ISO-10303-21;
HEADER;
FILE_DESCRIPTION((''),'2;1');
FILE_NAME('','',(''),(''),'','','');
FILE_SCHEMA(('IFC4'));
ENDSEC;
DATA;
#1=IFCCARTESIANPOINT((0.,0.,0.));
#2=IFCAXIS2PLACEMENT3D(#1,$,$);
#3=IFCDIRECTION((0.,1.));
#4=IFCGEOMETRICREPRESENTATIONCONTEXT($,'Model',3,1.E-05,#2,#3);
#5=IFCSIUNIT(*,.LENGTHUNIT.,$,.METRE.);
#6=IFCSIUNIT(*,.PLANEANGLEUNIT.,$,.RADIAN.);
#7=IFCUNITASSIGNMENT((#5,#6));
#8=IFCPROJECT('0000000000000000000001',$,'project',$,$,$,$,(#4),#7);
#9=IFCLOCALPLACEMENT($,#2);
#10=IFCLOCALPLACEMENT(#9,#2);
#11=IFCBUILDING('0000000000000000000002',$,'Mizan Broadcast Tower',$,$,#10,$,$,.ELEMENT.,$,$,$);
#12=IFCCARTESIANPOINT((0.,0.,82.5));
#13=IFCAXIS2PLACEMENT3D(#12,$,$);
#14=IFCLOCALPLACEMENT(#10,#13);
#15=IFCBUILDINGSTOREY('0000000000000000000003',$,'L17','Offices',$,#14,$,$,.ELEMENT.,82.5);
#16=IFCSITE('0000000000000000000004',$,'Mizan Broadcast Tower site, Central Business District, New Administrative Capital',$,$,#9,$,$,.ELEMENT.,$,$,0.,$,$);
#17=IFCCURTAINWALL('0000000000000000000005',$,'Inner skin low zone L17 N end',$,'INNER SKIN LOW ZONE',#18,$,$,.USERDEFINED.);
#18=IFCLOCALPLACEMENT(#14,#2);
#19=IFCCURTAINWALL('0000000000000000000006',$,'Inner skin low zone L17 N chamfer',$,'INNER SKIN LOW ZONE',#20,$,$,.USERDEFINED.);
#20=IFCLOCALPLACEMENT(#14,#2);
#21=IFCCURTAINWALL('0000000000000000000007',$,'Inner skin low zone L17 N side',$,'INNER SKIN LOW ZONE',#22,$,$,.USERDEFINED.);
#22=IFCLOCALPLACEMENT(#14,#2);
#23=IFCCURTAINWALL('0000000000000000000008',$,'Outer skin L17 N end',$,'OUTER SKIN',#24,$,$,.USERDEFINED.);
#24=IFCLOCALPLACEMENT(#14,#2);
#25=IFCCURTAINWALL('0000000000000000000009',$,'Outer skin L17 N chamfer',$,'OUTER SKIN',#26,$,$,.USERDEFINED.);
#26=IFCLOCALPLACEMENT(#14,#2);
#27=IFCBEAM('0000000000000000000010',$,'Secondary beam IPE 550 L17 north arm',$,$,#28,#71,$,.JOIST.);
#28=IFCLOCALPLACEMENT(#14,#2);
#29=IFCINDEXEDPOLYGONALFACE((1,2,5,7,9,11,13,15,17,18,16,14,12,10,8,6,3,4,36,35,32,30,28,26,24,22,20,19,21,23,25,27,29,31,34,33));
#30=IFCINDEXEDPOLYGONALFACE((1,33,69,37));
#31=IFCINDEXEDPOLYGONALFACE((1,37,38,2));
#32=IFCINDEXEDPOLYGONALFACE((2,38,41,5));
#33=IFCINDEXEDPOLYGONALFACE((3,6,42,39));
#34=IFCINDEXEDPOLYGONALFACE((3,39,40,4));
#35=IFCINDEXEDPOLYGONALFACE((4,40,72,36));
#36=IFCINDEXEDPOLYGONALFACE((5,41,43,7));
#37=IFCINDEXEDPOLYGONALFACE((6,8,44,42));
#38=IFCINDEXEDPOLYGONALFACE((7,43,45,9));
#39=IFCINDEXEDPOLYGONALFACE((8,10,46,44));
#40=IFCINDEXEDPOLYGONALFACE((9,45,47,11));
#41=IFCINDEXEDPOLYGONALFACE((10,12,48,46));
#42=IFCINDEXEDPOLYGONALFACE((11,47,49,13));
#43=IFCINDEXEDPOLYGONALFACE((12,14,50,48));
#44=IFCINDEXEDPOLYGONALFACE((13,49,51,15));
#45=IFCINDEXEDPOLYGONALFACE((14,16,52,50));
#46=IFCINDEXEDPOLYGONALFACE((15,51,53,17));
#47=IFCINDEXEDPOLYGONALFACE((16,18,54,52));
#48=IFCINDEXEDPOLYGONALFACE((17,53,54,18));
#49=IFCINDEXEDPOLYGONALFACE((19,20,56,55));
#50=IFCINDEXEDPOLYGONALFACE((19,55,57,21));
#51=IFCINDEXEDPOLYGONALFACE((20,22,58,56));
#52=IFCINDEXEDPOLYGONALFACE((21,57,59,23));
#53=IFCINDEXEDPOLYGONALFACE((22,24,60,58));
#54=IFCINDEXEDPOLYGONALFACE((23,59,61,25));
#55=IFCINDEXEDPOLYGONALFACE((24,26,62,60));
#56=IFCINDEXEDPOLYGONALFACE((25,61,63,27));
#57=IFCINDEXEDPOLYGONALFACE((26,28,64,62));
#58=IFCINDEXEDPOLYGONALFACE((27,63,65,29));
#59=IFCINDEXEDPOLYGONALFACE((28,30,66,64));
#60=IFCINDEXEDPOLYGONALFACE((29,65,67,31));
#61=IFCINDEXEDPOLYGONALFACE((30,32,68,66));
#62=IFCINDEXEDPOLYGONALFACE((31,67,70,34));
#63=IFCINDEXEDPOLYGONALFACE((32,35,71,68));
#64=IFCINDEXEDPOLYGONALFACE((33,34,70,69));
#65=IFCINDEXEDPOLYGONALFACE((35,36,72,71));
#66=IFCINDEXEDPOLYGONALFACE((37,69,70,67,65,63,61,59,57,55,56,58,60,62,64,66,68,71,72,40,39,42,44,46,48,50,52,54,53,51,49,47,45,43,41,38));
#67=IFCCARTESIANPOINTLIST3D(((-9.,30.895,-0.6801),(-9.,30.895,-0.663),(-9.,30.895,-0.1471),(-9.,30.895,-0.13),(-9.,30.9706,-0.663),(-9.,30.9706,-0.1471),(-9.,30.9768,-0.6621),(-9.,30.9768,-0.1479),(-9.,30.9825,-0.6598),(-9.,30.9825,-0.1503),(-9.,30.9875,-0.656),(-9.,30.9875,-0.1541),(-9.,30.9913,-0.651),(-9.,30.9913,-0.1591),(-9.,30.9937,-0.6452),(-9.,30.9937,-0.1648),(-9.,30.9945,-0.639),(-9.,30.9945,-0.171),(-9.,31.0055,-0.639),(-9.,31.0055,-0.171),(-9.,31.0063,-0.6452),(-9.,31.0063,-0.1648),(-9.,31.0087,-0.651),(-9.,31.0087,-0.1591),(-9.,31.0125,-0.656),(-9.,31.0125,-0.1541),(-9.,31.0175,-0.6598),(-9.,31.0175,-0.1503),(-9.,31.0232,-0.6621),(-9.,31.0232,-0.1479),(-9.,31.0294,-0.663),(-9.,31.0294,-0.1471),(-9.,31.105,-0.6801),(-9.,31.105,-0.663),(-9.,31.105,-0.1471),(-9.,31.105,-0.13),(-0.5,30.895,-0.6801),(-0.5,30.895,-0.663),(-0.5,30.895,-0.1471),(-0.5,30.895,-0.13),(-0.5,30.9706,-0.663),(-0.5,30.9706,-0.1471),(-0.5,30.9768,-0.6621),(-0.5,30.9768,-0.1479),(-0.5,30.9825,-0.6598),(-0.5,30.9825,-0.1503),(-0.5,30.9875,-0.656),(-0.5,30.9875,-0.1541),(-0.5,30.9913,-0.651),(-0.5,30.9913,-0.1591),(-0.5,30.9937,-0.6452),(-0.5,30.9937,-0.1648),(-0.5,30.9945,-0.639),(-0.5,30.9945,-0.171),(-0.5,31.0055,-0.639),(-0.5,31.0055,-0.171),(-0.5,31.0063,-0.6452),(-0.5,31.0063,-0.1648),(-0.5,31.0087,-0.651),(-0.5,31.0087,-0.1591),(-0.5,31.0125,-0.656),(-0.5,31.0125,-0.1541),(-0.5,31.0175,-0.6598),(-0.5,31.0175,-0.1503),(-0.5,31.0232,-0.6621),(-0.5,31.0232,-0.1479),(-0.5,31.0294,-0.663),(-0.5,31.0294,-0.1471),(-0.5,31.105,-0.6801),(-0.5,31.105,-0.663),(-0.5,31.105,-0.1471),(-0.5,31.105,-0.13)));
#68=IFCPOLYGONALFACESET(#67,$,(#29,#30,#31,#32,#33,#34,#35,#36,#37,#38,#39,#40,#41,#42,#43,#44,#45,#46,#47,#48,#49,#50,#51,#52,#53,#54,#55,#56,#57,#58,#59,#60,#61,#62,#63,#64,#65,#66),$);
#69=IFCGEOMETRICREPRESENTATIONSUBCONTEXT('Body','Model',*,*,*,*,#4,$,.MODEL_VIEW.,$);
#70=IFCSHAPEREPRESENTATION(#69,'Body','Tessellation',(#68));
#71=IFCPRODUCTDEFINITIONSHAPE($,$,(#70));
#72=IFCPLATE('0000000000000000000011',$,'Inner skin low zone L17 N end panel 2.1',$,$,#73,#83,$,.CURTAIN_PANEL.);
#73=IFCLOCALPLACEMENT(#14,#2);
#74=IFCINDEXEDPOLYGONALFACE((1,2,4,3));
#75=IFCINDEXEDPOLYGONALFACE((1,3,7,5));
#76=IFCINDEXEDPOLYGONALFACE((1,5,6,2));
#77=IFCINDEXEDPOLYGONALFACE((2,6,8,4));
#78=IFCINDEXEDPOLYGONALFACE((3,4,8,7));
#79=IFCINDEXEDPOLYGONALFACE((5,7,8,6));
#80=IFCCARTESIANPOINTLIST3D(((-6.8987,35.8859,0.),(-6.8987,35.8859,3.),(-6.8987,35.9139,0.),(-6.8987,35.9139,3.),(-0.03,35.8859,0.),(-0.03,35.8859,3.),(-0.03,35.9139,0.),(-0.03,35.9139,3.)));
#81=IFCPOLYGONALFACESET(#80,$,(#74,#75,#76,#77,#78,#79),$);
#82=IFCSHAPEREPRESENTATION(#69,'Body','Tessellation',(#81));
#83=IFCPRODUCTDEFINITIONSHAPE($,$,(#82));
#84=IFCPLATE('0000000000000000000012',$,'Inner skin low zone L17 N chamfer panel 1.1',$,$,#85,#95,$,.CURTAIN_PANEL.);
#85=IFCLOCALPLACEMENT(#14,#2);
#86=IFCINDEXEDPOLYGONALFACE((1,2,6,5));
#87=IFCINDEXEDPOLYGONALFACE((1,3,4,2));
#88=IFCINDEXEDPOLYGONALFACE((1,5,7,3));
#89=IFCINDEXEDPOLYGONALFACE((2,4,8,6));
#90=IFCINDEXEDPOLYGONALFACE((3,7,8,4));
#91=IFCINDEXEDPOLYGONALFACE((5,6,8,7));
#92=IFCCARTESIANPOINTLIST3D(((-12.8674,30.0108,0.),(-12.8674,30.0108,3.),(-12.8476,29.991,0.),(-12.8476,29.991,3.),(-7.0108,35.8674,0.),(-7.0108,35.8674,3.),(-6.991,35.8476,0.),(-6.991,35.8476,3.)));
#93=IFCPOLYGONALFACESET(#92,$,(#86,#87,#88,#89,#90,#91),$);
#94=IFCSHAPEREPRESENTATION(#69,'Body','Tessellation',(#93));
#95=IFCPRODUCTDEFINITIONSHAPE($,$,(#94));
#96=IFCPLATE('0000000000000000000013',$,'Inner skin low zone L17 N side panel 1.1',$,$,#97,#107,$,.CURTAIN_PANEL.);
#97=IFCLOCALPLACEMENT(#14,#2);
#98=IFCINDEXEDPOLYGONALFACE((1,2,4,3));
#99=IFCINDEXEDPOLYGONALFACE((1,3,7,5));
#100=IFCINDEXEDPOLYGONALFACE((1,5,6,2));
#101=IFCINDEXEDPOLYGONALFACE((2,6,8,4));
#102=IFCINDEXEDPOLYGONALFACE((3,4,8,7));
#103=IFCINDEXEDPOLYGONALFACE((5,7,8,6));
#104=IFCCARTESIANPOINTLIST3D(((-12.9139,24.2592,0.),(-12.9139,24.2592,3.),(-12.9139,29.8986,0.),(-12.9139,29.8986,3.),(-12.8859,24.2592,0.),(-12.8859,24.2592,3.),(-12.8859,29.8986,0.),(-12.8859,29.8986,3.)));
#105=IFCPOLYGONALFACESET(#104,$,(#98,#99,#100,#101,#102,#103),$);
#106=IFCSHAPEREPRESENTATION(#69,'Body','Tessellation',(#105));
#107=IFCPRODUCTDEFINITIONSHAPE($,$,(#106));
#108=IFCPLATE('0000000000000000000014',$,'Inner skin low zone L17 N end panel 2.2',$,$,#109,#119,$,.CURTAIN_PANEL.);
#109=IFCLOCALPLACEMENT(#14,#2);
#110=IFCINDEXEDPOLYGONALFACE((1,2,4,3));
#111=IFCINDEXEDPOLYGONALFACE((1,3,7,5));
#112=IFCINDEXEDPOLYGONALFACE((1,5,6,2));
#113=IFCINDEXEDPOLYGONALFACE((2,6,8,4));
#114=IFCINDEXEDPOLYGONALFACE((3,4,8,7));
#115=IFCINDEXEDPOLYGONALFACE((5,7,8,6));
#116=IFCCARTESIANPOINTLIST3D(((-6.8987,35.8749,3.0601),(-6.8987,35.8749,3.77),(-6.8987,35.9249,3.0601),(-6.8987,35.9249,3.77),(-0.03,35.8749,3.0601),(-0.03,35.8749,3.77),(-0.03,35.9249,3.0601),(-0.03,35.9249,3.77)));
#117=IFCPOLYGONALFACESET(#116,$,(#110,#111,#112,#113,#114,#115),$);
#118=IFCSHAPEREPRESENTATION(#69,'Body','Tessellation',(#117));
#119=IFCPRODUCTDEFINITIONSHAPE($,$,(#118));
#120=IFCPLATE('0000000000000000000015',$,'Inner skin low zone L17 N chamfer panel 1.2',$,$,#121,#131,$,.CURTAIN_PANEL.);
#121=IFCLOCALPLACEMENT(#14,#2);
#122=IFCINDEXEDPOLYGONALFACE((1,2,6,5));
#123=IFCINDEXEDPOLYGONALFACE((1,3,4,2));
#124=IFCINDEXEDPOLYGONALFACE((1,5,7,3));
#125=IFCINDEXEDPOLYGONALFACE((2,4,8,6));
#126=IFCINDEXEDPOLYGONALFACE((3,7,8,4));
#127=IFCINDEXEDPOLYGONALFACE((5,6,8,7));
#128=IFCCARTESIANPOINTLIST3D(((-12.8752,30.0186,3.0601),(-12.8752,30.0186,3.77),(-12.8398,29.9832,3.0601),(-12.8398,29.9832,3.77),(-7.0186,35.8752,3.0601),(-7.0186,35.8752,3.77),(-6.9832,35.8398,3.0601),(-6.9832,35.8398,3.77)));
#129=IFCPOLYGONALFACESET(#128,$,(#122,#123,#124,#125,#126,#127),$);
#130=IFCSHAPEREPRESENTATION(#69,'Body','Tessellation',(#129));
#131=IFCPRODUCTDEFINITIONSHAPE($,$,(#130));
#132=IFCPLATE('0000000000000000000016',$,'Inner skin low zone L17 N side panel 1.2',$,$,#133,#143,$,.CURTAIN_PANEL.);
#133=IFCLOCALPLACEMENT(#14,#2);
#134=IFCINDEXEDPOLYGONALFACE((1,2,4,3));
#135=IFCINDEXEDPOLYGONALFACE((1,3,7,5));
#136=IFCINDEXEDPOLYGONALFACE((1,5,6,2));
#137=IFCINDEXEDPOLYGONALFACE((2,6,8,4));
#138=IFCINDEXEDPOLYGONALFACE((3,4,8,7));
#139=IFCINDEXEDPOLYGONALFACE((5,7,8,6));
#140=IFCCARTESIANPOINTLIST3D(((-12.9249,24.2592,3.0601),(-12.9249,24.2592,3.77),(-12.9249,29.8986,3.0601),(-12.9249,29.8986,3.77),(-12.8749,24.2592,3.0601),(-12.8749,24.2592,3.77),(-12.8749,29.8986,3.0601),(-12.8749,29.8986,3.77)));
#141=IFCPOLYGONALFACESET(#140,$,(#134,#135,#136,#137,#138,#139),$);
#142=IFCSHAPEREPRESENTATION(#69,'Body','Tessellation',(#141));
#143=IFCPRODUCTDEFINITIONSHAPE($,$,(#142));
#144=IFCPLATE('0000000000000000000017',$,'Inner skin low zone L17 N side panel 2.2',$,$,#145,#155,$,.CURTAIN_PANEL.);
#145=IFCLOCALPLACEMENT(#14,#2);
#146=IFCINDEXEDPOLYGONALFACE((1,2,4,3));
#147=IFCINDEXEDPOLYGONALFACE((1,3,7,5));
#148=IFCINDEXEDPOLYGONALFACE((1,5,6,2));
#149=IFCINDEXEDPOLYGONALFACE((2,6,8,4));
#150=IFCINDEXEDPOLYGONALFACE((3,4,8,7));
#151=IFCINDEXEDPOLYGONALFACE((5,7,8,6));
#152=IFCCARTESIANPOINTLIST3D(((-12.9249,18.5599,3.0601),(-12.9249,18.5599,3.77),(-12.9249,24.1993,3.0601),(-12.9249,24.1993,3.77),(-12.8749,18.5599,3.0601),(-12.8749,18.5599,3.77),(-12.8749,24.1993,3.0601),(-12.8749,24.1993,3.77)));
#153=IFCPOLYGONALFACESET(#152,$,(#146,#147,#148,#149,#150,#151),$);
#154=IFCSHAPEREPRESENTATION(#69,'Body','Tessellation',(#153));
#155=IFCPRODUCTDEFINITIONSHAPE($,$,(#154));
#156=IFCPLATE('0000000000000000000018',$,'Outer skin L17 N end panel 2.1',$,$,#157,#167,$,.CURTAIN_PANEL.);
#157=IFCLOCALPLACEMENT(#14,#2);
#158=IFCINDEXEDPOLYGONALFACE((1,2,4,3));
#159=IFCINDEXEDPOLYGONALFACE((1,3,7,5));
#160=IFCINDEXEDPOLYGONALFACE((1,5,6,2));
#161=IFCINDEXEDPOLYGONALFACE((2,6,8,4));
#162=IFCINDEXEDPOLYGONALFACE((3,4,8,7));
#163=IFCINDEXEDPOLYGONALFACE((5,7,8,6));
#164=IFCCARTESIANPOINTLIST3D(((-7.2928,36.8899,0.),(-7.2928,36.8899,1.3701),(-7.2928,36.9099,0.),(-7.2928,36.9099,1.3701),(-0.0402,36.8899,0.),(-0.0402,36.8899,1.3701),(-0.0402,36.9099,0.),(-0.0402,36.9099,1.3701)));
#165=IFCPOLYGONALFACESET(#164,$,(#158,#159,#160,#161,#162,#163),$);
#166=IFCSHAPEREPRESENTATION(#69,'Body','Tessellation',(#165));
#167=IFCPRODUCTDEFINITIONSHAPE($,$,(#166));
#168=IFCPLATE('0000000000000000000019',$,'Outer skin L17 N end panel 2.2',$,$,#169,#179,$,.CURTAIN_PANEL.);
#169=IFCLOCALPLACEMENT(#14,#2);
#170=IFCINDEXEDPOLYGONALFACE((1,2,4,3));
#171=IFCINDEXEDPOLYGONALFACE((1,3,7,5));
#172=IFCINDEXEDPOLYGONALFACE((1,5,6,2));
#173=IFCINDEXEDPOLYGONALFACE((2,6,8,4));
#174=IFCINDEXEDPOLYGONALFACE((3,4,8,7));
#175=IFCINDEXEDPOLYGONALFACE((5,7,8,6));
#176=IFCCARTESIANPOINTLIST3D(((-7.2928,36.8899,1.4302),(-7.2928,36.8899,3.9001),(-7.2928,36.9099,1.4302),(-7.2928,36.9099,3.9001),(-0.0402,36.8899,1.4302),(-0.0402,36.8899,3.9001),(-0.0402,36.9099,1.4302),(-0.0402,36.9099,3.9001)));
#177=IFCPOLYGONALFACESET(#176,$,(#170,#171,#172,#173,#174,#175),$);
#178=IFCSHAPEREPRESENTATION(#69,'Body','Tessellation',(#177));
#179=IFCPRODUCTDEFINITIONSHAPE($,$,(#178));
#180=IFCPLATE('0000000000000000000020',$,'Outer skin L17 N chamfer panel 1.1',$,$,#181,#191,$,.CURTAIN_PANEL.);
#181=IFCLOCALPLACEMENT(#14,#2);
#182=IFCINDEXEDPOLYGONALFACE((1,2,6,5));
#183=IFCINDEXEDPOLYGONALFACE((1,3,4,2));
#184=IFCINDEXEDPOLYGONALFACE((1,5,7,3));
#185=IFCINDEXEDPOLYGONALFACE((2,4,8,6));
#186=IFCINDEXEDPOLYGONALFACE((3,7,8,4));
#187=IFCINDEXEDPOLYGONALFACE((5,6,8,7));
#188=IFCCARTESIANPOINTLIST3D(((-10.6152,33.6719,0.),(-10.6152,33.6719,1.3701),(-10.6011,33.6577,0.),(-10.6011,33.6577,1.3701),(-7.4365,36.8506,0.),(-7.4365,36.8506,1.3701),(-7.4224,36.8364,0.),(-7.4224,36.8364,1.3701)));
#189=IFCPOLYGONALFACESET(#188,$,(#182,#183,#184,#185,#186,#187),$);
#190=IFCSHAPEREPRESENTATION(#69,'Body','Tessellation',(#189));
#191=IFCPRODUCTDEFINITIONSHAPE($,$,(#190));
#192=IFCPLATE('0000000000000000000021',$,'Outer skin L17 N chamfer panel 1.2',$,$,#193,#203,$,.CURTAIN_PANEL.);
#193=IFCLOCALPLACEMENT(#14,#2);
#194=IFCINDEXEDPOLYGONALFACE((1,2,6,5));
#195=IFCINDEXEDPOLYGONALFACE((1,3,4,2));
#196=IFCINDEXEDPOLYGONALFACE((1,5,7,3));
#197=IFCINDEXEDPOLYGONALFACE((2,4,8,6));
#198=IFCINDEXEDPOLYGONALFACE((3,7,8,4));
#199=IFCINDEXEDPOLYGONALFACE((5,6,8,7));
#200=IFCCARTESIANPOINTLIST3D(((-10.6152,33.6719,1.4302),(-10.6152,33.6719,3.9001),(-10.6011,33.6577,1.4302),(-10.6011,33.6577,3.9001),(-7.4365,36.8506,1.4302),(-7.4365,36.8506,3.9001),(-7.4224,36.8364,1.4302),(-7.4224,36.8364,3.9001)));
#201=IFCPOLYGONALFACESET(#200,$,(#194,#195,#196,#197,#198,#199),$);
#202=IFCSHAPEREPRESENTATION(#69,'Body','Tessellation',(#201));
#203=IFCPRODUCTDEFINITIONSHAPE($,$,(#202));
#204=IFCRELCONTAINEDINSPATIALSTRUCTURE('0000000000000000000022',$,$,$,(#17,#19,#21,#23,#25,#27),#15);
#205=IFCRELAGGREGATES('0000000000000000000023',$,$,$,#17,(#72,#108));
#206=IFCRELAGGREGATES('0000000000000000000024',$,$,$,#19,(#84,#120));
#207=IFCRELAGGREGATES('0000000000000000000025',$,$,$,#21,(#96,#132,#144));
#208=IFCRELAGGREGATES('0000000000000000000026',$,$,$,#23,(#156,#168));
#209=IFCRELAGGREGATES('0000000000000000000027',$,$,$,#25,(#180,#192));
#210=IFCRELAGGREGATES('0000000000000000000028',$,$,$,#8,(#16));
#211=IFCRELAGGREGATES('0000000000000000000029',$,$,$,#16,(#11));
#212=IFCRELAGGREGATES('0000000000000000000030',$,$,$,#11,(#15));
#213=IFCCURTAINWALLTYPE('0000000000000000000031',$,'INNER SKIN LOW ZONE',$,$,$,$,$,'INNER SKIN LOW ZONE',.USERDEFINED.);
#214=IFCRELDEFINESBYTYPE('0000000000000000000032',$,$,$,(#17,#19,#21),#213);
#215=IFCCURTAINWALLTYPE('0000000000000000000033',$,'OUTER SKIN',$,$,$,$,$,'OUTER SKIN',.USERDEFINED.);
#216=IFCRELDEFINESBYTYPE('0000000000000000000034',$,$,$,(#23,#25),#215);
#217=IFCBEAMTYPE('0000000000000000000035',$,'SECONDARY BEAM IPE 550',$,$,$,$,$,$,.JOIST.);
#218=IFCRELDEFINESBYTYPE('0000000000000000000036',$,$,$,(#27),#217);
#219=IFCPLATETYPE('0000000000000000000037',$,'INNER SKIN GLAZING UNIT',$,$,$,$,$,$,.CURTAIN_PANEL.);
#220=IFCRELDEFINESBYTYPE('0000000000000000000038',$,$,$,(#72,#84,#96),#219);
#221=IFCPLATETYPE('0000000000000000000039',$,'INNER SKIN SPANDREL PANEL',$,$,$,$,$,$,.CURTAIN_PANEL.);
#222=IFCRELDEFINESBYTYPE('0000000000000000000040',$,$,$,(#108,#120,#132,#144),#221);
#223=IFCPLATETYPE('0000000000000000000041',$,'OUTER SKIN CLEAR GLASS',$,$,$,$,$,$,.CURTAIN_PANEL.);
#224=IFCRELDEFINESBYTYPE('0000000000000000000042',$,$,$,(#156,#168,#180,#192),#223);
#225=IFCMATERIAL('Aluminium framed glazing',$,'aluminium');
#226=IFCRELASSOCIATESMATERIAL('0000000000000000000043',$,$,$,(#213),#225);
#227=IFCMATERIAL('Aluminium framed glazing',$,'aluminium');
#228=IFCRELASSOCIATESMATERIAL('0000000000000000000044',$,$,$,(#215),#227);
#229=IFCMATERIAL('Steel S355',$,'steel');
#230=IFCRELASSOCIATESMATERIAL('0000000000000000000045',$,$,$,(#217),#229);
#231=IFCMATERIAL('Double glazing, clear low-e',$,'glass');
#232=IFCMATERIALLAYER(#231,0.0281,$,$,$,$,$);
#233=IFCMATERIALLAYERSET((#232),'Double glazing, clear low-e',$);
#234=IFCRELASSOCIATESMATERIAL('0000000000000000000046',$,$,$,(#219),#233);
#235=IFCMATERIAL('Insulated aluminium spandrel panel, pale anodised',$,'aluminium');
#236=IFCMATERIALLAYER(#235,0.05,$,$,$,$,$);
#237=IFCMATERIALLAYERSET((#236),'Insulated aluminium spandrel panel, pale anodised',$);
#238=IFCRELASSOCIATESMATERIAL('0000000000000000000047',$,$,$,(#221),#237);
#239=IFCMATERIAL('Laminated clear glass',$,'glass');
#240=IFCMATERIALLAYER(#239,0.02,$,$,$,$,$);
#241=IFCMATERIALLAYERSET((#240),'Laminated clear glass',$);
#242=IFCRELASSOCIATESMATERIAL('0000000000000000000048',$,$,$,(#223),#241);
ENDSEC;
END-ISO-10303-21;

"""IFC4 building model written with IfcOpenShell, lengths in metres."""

from ifc_helpers import new_model, si_unit, direction, frame, origin, origin_2d, place, context, subcontext, project, spatial, rectangle, i_section, extrude, material, layer, layer_set, material_profile, profile_set, type_object, element, aggregate, save


model = new_model("IFC4")

# Units and contexts
model_context = context("Model", 3, precision=1e-05, world=origin(), true_north=direction((0.0, 1.0)))
body_context = subcontext(model_context, "Body", "Model", "MODEL_VIEW")
ifc_project = project(units=[si_unit("LENGTHUNIT", "METRE"), si_unit("PLANEANGLEUNIT", "RADIAN")], contexts=[model_context])

# Site, building, storey
site_placement = place(None, origin())
site = spatial("IfcSite", under=ifc_project, at=site_placement, Name="Mizan Broadcast Tower site, Central Business District, New Administrative Capital", CompositionType="ELEMENT", RefElevation=0.0)
building_placement = place(site_placement, origin())
building = spatial("IfcBuilding", under=site, at=building_placement, Name="Mizan Broadcast Tower", CompositionType="ELEMENT")
storey_placement = place(building_placement, frame((0.0, 0.0, 82.5)))
storey = spatial("IfcBuildingStorey", under=building, at=storey_placement, Name="L17", Description="Offices", CompositionType="ELEMENT", Elevation=82.5)

# Curtain walls
ifc_material_1 = material(Name="Aluminium framed glazing", Category="aluminium")
curtain_wall_type_1 = type_object("IfcCurtainWallType", Name="INNER SKIN LOW ZONE", ElementType="INNER SKIN LOW ZONE", PredefinedType="USERDEFINED", material=ifc_material_1)
curtain_wall_1_placement = place(storey_placement, origin())
curtain_wall_1 = element("IfcCurtainWall", 1, at=curtain_wall_1_placement, inside=storey, type_object=curtain_wall_type_1, Name="Inner skin low zone L17 N end", ObjectType="INNER SKIN LOW ZONE", PredefinedType="USERDEFINED")
curtain_wall_2_placement = place(storey_placement, origin())
curtain_wall_2 = element("IfcCurtainWall", 2, at=curtain_wall_2_placement, inside=storey, type_object=curtain_wall_type_1, Name="Inner skin low zone L17 N chamfer", ObjectType="INNER SKIN LOW ZONE", PredefinedType="USERDEFINED")
curtain_wall_3_placement = place(storey_placement, origin())
curtain_wall_3 = element("IfcCurtainWall", 3, at=curtain_wall_3_placement, inside=storey, type_object=curtain_wall_type_1, Name="Inner skin low zone L17 N side", ObjectType="INNER SKIN LOW ZONE", PredefinedType="USERDEFINED")

# Curtain walls
ifc_material_2 = material(Name="Aluminium framed glazing", Category="aluminium")
curtain_wall_type_2 = type_object("IfcCurtainWallType", Name="OUTER SKIN", ElementType="OUTER SKIN", PredefinedType="USERDEFINED", material=ifc_material_2)
curtain_wall_4_placement = place(storey_placement, origin())
curtain_wall_4 = element("IfcCurtainWall", 4, at=curtain_wall_4_placement, inside=storey, type_object=curtain_wall_type_2, Name="Outer skin L17 N end", ObjectType="OUTER SKIN", PredefinedType="USERDEFINED")
curtain_wall_5_placement = place(storey_placement, origin())
curtain_wall_5 = element("IfcCurtainWall", 5, at=curtain_wall_5_placement, inside=storey, type_object=curtain_wall_type_2, Name="Outer skin L17 N chamfer", ObjectType="OUTER SKIN", PredefinedType="USERDEFINED")

# Beam
ifc_material_3 = material(Name="Steel S355", Category="steel")
ifc_material_profile_1 = material_profile(ifc_material_3, i_section(OverallWidth=0.21, OverallDepth=0.55, WebThickness=0.011, FlangeThickness=0.0171, FilletRadius=0.0239, at=origin_2d()), Name="IPE 550")
ifc_profile_set_1 = profile_set([ifc_material_profile_1], Name="Steel S355")
beam_type_1 = type_object("IfcBeamType", Name="SECONDARY BEAM IPE 550", PredefinedType="JOIST", material=ifc_profile_set_1)
beam_1_placement = place(storey_placement, frame((-9.0, 31.0, -0.405), z_axis=(1.0, 0.0, 0.0), x_axis=(0.0, 1.0, 0.0)))
element("IfcBeam", 6, at=beam_1_placement, inside=storey, type_object=beam_type_1, Name="Secondary beam IPE 550 L17 north arm", PredefinedType="JOIST", context=body_context, shape_type="SweptSolid", body=[
    extrude(i_section(OverallWidth=0.21, OverallDepth=0.55, WebThickness=0.011, FlangeThickness=0.0171, FilletRadius=0.0239, at=origin_2d()), origin(), (0.0, 0.0, 1.0), 8.5),
])

# Plates
ifc_material_4 = material(Name="Double glazing, clear low-e", Category="glass")
ifc_layer_1 = layer(ifc_material_4, 0.0281)
ifc_layer_set_1 = layer_set([ifc_layer_1], Name="Double glazing, clear low-e")
plate_type_1 = type_object("IfcPlateType", Name="INNER SKIN GLAZING UNIT", PredefinedType="CURTAIN_PANEL", material=ifc_layer_set_1)
plate_1_placement = place(storey_placement, frame((-3.4644, 35.8999, 0.0), z_axis=(0.0, 0.0, 1.0), x_axis=(-1.0, 0.0, 0.0)))
plate_1 = element("IfcPlate", 7, at=plate_1_placement, type_object=plate_type_1, Name="Inner skin low zone L17 N end panel 2.1", PredefinedType="CURTAIN_PANEL", context=body_context, shape_type="SweptSolid", body=[
    extrude(rectangle(XDim=6.8687, YDim=0.0281, at=origin_2d()), origin(), (0.0, 0.0, 1.0), 3.0),
])
plate_2_placement = place(storey_placement, frame((-9.9292, 32.9292, 0.0), z_axis=(0.0, 0.0, 1.0), x_axis=(-0.707107, -0.707107, 0.0)))
plate_2 = element("IfcPlate", 8, at=plate_2_placement, type_object=plate_type_1, Name="Inner skin low zone L17 N chamfer panel 1.1", PredefinedType="CURTAIN_PANEL", context=body_context, shape_type="SweptSolid", body=[
    extrude(rectangle(XDim=8.2825, YDim=0.0281, at=origin_2d()), origin(), (0.0, 0.0, 1.0), 3.0),
])
plate_3_placement = place(storey_placement, frame((-12.8999, 27.0789, 0.0), z_axis=(0.0, 0.0, 1.0), x_axis=(0.0, -1.0, 0.0)))
plate_3 = element("IfcPlate", 9, at=plate_3_placement, type_object=plate_type_1, Name="Inner skin low zone L17 N side panel 1.1", PredefinedType="CURTAIN_PANEL", context=body_context, shape_type="SweptSolid", body=[
    extrude(rectangle(XDim=5.6394, YDim=0.0281, at=origin_2d()), origin(), (0.0, 0.0, 1.0), 3.0),
])
ifc_material_5 = material(Name="Insulated aluminium spandrel panel, pale anodised", Category="aluminium")
ifc_layer_2 = layer(ifc_material_5, 0.05)
ifc_layer_set_2 = layer_set([ifc_layer_2], Name="Insulated aluminium spandrel panel, pale anodised")
plate_type_2 = type_object("IfcPlateType", Name="INNER SKIN SPANDREL PANEL", PredefinedType="CURTAIN_PANEL", material=ifc_layer_set_2)
plate_4_placement = place(storey_placement, frame((-3.4644, 35.8999, 3.0601), z_axis=(0.0, 0.0, 1.0), x_axis=(-1.0, 0.0, 0.0)))
plate_4 = element("IfcPlate", 10, at=plate_4_placement, type_object=plate_type_2, Name="Inner skin low zone L17 N end panel 2.2", PredefinedType="CURTAIN_PANEL", context=body_context, shape_type="SweptSolid", body=[
    extrude(rectangle(XDim=6.8687, YDim=0.05, at=origin_2d()), origin(), (0.0, 0.0, 1.0), 0.71),
])
aggregate(curtain_wall_1, [plate_1, plate_4])
plate_5_placement = place(storey_placement, frame((-9.9292, 32.9292, 3.0601), z_axis=(0.0, 0.0, 1.0), x_axis=(-0.707107, -0.707107, 0.0)))
plate_5 = element("IfcPlate", 11, at=plate_5_placement, type_object=plate_type_2, Name="Inner skin low zone L17 N chamfer panel 1.2", PredefinedType="CURTAIN_PANEL", context=body_context, shape_type="SweptSolid", body=[
    extrude(rectangle(XDim=8.2825, YDim=0.05, at=origin_2d()), origin(), (0.0, 0.0, 1.0), 0.71),
])
aggregate(curtain_wall_2, [plate_2, plate_5])
plate_6_placement = place(storey_placement, frame((-12.8999, 27.0789, 3.0601), z_axis=(0.0, 0.0, 1.0), x_axis=(0.0, -1.0, 0.0)))
plate_6 = element("IfcPlate", 12, at=plate_6_placement, type_object=plate_type_2, Name="Inner skin low zone L17 N side panel 1.2", PredefinedType="CURTAIN_PANEL", context=body_context, shape_type="SweptSolid", body=[
    extrude(rectangle(XDim=5.6394, YDim=0.05, at=origin_2d()), origin(), (0.0, 0.0, 1.0), 0.71),
])
plate_7_placement = place(storey_placement, frame((-12.8999, 21.3796, 3.0601), z_axis=(0.0, 0.0, 1.0), x_axis=(0.0, -1.0, 0.0)))
plate_7 = element("IfcPlate", 13, at=plate_7_placement, type_object=plate_type_2, Name="Inner skin low zone L17 N side panel 2.2", PredefinedType="CURTAIN_PANEL", context=body_context, shape_type="SweptSolid", body=[
    extrude(rectangle(XDim=5.6394, YDim=0.05, at=origin_2d()), origin(), (0.0, 0.0, 1.0), 0.71),
])
aggregate(curtain_wall_3, [plate_3, plate_6, plate_7])
ifc_material_6 = material(Name="Laminated clear glass", Category="glass")
ifc_layer_3 = layer(ifc_material_6, 0.02)
ifc_layer_set_3 = layer_set([ifc_layer_3], Name="Laminated clear glass")
plate_type_3 = type_object("IfcPlateType", Name="OUTER SKIN CLEAR GLASS", PredefinedType="CURTAIN_PANEL", material=ifc_layer_set_3)
plate_8_placement = place(storey_placement, frame((-3.6665, 36.8999, 0.0), z_axis=(0.0, 0.0, 1.0), x_axis=(-1.0, 0.0, 0.0)))
plate_8 = element("IfcPlate", 14, at=plate_8_placement, type_object=plate_type_3, Name="Outer skin L17 N end panel 2.1", PredefinedType="CURTAIN_PANEL", context=body_context, shape_type="SweptSolid", body=[
    extrude(rectangle(XDim=7.2527, YDim=0.02, at=origin_2d()), origin(), (0.0, 0.0, 1.0), 1.3701),
])
plate_9_placement = place(storey_placement, frame((-3.6665, 36.8999, 1.4302), z_axis=(0.0, 0.0, 1.0), x_axis=(-1.0, 0.0, 0.0)))
plate_9 = element("IfcPlate", 15, at=plate_9_placement, type_object=plate_type_3, Name="Outer skin L17 N end panel 2.2", PredefinedType="CURTAIN_PANEL", context=body_context, shape_type="SweptSolid", body=[
    extrude(rectangle(XDim=7.2527, YDim=0.02, at=origin_2d()), origin(), (0.0, 0.0, 1.0), 2.47),
])
aggregate(curtain_wall_4, [plate_8, plate_9])
plate_10_placement = place(storey_placement, frame((-9.0188, 35.2542, 0.0), z_axis=(0.0, 0.0, 1.0), x_axis=(-0.707107, -0.707107, 0.0)))
plate_10 = element("IfcPlate", 16, at=plate_10_placement, type_object=plate_type_3, Name="Outer skin L17 N chamfer panel 1.1", PredefinedType="CURTAIN_PANEL", context=body_context, shape_type="SweptSolid", body=[
    extrude(rectangle(XDim=4.4954, YDim=0.02, at=origin_2d()), origin(), (0.0, 0.0, 1.0), 1.3701),
])
plate_11_placement = place(storey_placement, frame((-9.0188, 35.2542, 1.4302), z_axis=(0.0, 0.0, 1.0), x_axis=(-0.707107, -0.707107, 0.0)))
plate_11 = element("IfcPlate", 17, at=plate_11_placement, type_object=plate_type_3, Name="Outer skin L17 N chamfer panel 1.2", PredefinedType="CURTAIN_PANEL", context=body_context, shape_type="SweptSolid", body=[
    extrude(rectangle(XDim=4.4954, YDim=0.02, at=origin_2d()), origin(), (0.0, 0.0, 1.0), 2.47),
])
aggregate(curtain_wall_5, [plate_10, plate_11])

save(model, "model.ifc")
